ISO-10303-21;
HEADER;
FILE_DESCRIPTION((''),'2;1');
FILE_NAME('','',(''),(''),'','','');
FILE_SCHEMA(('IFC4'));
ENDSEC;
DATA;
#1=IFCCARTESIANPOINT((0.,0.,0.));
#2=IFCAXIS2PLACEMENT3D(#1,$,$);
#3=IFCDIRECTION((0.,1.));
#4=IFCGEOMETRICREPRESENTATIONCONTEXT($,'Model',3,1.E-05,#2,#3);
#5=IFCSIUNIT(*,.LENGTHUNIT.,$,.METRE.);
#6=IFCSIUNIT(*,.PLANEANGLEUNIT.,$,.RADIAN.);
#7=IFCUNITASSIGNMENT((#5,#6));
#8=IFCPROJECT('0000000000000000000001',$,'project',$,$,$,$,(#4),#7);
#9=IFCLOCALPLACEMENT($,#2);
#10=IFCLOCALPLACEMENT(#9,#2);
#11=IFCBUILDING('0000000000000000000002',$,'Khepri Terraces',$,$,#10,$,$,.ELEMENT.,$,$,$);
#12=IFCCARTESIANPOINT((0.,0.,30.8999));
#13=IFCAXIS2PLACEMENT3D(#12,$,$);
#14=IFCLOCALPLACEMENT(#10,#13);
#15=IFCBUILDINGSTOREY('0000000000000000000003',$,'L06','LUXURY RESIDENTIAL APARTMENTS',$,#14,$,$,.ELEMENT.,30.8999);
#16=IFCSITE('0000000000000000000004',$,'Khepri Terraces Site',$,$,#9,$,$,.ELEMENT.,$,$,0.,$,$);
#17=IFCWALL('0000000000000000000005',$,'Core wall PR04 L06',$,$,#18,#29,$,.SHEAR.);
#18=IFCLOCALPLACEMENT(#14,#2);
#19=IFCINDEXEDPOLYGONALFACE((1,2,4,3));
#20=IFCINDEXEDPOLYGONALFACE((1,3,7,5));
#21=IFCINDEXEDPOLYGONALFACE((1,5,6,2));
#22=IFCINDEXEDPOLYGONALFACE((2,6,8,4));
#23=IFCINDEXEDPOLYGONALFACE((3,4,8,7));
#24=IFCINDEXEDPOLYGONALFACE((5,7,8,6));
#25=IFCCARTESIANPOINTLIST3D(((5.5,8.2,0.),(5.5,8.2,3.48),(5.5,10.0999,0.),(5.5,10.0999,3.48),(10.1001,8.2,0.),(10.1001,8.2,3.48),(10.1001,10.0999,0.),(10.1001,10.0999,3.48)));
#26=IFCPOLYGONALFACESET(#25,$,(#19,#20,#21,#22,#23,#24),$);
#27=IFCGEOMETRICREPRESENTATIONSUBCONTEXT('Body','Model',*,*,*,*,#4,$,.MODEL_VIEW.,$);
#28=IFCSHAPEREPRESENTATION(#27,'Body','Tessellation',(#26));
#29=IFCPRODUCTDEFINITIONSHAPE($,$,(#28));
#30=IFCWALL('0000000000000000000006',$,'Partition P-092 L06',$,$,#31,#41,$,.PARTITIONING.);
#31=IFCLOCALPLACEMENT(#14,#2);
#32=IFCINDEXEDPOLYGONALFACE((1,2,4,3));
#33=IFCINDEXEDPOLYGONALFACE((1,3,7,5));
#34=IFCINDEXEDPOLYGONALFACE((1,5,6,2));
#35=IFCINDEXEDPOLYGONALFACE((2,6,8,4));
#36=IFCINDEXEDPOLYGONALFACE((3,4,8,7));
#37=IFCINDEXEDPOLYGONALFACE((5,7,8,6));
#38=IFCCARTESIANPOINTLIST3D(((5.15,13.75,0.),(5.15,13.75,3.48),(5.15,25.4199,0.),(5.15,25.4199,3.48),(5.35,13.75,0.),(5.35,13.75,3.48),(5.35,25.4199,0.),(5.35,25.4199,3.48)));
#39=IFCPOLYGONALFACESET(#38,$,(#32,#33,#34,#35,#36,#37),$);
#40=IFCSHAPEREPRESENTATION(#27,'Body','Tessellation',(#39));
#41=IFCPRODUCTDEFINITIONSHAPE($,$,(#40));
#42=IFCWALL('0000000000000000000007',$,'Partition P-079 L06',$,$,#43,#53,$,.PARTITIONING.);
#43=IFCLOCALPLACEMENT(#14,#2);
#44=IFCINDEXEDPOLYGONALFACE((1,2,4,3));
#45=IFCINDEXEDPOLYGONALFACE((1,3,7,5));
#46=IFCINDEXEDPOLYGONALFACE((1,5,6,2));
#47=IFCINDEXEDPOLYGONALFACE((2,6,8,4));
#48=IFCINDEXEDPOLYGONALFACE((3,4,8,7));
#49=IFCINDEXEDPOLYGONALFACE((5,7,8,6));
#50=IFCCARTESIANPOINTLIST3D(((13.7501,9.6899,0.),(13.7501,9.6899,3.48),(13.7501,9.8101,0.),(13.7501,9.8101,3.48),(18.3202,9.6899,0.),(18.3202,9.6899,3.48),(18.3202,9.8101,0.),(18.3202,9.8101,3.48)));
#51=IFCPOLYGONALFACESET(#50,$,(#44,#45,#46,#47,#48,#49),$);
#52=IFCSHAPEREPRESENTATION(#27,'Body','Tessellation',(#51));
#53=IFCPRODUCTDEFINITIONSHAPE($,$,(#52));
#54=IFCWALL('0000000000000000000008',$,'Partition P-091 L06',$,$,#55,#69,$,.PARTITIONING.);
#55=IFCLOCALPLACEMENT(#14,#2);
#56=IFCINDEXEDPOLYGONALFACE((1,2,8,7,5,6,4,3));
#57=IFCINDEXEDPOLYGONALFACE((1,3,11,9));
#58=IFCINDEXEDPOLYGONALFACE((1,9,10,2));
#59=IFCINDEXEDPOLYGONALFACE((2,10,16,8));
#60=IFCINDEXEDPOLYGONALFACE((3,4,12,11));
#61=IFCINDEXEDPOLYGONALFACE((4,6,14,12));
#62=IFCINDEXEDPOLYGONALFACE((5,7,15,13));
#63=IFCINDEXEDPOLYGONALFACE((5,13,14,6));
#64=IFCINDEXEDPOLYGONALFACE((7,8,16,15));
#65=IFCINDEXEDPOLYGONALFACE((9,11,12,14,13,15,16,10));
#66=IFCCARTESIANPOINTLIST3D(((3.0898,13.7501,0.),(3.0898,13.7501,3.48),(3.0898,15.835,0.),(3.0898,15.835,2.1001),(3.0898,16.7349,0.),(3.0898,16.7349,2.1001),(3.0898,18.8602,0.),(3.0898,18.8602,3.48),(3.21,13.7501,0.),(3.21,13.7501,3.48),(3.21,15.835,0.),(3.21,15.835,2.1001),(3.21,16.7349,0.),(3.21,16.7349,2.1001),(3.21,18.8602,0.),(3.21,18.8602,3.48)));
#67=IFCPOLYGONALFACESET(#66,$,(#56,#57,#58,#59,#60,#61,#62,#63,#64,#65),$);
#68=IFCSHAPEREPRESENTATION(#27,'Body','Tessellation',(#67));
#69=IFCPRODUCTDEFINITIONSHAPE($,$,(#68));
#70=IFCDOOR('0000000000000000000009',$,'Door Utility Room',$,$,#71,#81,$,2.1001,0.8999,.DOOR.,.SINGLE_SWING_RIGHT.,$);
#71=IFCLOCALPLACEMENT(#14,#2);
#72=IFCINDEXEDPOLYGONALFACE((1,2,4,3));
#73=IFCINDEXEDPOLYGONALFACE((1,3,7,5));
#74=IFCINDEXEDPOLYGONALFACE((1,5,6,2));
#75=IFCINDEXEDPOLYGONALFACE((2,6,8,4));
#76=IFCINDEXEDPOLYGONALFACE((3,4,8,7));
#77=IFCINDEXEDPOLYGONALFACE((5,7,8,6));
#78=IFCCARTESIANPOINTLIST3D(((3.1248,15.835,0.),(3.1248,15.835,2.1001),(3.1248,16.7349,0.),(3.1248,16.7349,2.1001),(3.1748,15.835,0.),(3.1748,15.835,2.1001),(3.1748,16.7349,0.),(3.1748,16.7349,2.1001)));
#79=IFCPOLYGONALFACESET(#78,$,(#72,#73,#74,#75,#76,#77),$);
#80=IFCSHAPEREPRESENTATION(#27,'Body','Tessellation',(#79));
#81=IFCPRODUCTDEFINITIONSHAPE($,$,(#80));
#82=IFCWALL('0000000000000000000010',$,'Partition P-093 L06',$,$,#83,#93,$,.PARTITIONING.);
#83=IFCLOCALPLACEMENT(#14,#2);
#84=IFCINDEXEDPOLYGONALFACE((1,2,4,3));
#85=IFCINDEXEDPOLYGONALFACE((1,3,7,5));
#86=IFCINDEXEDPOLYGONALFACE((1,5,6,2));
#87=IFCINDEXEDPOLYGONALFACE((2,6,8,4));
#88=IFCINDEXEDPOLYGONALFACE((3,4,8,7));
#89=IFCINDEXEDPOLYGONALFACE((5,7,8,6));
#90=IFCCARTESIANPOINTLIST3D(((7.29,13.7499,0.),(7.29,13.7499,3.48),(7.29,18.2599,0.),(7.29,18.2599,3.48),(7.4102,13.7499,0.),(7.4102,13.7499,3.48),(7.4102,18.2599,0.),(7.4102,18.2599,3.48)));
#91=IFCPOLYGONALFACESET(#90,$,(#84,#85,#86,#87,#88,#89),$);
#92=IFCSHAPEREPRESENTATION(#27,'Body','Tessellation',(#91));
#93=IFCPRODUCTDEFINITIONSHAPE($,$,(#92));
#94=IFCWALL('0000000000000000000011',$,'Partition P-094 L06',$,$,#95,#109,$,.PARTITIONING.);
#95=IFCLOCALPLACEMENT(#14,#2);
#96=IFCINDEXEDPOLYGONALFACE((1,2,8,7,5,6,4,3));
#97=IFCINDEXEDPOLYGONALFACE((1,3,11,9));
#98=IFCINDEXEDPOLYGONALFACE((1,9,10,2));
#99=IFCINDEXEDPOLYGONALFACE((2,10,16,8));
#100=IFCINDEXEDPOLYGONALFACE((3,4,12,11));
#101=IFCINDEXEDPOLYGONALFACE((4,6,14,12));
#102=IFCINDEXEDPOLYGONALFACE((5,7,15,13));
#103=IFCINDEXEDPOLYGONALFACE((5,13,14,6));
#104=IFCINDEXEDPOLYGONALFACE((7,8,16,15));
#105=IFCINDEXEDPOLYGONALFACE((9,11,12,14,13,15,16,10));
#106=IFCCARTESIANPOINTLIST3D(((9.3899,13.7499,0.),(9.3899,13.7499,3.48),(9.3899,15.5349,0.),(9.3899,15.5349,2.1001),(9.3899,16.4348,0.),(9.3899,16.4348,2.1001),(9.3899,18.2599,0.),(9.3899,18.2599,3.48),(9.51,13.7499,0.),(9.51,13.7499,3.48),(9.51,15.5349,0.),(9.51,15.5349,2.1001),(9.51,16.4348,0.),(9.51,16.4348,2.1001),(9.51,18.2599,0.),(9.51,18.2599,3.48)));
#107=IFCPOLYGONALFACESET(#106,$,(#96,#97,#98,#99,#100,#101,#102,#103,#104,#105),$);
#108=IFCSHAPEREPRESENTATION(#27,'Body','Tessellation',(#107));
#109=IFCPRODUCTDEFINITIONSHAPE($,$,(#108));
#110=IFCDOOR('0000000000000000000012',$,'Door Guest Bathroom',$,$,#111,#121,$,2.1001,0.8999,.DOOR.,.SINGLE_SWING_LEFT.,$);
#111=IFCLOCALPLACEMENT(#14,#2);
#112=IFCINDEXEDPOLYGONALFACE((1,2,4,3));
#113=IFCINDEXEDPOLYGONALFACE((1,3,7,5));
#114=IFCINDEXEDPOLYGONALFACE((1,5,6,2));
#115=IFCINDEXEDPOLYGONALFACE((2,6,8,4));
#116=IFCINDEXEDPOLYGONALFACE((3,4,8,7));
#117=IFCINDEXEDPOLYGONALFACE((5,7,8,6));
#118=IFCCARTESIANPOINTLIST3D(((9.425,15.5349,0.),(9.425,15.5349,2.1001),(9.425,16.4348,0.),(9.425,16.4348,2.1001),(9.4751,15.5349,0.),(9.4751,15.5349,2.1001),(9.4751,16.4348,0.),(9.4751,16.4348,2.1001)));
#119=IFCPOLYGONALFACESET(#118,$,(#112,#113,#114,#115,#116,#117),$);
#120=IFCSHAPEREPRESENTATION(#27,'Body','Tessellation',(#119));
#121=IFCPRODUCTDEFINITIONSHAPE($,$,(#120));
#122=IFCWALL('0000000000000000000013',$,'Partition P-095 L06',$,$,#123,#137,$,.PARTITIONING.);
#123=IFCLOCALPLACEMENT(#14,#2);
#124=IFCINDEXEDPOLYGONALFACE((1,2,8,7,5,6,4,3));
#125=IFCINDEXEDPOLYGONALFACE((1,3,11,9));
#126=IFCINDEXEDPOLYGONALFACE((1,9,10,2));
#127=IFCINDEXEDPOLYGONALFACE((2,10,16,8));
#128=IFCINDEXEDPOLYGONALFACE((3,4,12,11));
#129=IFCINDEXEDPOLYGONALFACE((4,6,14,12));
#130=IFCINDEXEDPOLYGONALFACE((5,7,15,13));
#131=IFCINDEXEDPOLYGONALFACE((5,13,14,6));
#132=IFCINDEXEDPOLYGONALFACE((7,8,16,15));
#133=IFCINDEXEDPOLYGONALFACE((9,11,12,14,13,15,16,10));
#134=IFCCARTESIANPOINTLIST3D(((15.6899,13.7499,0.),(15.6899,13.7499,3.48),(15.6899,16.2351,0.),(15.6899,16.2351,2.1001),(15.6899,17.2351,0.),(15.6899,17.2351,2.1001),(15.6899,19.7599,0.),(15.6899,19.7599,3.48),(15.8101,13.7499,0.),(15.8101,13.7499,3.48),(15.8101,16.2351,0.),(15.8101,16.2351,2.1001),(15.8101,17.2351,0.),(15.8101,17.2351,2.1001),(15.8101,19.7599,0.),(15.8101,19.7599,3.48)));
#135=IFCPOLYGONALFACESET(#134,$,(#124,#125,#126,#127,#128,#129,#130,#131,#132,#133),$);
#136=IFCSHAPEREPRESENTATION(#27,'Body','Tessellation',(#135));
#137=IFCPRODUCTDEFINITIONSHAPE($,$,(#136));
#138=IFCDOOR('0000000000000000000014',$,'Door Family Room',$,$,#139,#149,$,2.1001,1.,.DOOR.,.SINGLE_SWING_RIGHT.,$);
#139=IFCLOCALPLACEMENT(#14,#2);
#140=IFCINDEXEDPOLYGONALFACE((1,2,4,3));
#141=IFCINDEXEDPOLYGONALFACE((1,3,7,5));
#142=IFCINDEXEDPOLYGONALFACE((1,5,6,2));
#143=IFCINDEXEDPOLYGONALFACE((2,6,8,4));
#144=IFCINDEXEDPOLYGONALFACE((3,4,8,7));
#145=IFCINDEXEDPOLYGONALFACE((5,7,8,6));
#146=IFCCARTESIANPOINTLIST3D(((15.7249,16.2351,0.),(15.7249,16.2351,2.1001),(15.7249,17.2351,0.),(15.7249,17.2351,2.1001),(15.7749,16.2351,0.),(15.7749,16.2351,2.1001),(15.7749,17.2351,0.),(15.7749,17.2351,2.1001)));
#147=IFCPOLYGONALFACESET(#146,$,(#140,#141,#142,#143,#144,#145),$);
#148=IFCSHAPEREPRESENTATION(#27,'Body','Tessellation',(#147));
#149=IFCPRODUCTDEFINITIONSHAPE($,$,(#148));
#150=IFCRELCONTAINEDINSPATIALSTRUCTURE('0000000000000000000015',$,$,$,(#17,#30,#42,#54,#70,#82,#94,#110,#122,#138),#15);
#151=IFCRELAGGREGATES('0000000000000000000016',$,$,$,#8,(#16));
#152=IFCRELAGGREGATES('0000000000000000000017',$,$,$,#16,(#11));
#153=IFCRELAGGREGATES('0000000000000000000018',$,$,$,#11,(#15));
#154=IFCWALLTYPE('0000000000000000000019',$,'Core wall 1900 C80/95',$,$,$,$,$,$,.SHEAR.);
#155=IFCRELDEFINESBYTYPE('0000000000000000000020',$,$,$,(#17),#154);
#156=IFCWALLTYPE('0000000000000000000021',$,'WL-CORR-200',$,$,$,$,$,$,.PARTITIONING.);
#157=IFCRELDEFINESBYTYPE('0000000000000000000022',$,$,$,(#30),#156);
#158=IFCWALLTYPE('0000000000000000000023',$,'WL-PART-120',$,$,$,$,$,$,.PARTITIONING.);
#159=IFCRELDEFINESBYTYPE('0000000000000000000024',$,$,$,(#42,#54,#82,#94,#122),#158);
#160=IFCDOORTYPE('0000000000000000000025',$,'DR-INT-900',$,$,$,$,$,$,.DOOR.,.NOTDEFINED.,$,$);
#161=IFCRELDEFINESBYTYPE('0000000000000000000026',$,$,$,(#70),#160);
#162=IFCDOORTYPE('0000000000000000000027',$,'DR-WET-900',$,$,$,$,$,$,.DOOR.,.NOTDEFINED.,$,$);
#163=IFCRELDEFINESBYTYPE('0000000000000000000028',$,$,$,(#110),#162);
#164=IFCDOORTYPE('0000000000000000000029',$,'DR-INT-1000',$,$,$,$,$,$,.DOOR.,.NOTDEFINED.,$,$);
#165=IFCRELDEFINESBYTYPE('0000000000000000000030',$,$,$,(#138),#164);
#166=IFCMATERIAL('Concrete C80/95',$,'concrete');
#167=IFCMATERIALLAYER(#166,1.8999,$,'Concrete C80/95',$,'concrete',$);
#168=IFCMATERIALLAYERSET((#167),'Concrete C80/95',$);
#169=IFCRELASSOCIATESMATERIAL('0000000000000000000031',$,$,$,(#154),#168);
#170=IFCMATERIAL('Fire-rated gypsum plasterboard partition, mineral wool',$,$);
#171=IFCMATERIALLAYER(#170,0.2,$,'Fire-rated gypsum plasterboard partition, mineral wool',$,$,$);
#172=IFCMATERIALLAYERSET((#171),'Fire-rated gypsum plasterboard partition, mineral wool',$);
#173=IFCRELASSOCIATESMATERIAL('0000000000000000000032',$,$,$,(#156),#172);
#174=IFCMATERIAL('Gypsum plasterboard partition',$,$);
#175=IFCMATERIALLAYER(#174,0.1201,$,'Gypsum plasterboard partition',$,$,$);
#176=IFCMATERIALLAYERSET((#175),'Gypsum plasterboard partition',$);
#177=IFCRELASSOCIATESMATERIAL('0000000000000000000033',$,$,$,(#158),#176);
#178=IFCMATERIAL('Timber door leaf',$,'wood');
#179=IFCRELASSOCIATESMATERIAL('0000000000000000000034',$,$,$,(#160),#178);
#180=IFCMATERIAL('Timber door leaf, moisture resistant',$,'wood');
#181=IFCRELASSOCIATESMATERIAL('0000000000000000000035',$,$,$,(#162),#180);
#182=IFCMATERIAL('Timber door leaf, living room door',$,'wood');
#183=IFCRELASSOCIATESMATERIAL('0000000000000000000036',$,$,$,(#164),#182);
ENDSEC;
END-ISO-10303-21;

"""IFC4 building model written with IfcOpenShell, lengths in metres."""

from ifc_helpers import new_model, si_unit, direction, frame, frame_2d, origin, place, context, subcontext, project, spatial, rectangle, extrude, material, layer, layer_set, type_object, element, fill, save


model = new_model("IFC4")

# Units and contexts
model_context = context("Model", 3, precision=1e-05, world=origin(), true_north=direction((0.0, 1.0)))
body_context = subcontext(model_context, "Body", "Model", "MODEL_VIEW")
ifc_project = project(units=[si_unit("LENGTHUNIT", "METRE"), si_unit("PLANEANGLEUNIT", "RADIAN")], contexts=[model_context])

# Site, building, storey
site_placement = place(None, origin())
site = spatial("IfcSite", under=ifc_project, at=site_placement, Name="Khepri Terraces Site", CompositionType="ELEMENT", RefElevation=0.0)
building_placement = place(site_placement, origin())
building = spatial("IfcBuilding", under=site, at=building_placement, Name="Khepri Terraces", CompositionType="ELEMENT")
storey_placement = place(building_placement, frame((0.0, 0.0, 30.8999)))
storey = spatial("IfcBuildingStorey", under=building, at=storey_placement, Name="L06", Description="LUXURY RESIDENTIAL APARTMENTS", CompositionType="ELEMENT", Elevation=30.8999)

# Walls
ifc_material_1 = material(Name="Concrete C80/95", Category="concrete")
ifc_layer_1 = layer(ifc_material_1, 1.8999, Name="Concrete C80/95", Category="concrete")
ifc_layer_set_1 = layer_set([ifc_layer_1], Name="Concrete C80/95")
wall_type_1 = type_object("IfcWallType", Name="Core wall 1900 C80/95", PredefinedType="SHEAR", material=ifc_layer_set_1)
wall_1_placement = place(storey_placement, frame((5.5, 9.1499, 0.0), z_axis=(0.0, 0.0, 1.0), x_axis=(1.0, 0.0, 0.0)))
element("IfcWall", 1, at=wall_1_placement, inside=storey, type_object=wall_type_1, Name="Core wall PR04 L06", PredefinedType="SHEAR", context=body_context, shape_type="SweptSolid", body=[
    extrude(rectangle(XDim=4.6001, YDim=1.8999, at=frame_2d((2.3, 0.0))), origin(), (0.0, 0.0, 1.0), 3.48),
])
ifc_material_2 = material(Name="Fire-rated gypsum plasterboard partition, mineral wool")
ifc_layer_2 = layer(ifc_material_2, 0.2, Name="Fire-rated gypsum plasterboard partition, mineral wool")
ifc_layer_set_2 = layer_set([ifc_layer_2], Name="Fire-rated gypsum plasterboard partition, mineral wool")
wall_type_2 = type_object("IfcWallType", Name="WL-CORR-200", PredefinedType="PARTITIONING", material=ifc_layer_set_2)
wall_2_placement = place(storey_placement, frame((5.25, 13.75, 0.0), z_axis=(0.0, 0.0, 1.0), x_axis=(0.0, 1.0, 0.0)))
element("IfcWall", 2, at=wall_2_placement, inside=storey, type_object=wall_type_2, Name="Partition P-092 L06", PredefinedType="PARTITIONING", context=body_context, shape_type="SweptSolid", body=[
    extrude(rectangle(XDim=11.6699, YDim=0.2, at=frame_2d((5.835, 0.0))), origin(), (0.0, 0.0, 1.0), 3.48),
])
ifc_material_3 = material(Name="Gypsum plasterboard partition")
ifc_layer_3 = layer(ifc_material_3, 0.1201, Name="Gypsum plasterboard partition")
ifc_layer_set_3 = layer_set([ifc_layer_3], Name="Gypsum plasterboard partition")
wall_type_3 = type_object("IfcWallType", Name="WL-PART-120", PredefinedType="PARTITIONING", material=ifc_layer_set_3)
wall_3_placement = place(storey_placement, frame((13.75, 9.75, 0.0), z_axis=(0.0, 0.0, 1.0), x_axis=(1.0, 0.0, 0.0)))
element("IfcWall", 3, at=wall_3_placement, inside=storey, type_object=wall_type_3, Name="Partition P-079 L06", PredefinedType="PARTITIONING", context=body_context, shape_type="SweptSolid", body=[
    extrude(rectangle(XDim=4.5701, YDim=0.1201, at=frame_2d((2.2852, 0.0))), origin(), (0.0, 0.0, 1.0), 3.48),
])

# Wall, opening, door
wall_4_placement = place(storey_placement, frame((3.1499, 13.75, 0.0), z_axis=(0.0, 0.0, 1.0), x_axis=(0.0, 1.0, 0.0)))
wall_4 = element("IfcWall", 4, at=wall_4_placement, inside=storey, type_object=wall_type_3, Name="Partition P-091 L06", PredefinedType="PARTITIONING", context=body_context, shape_type="SweptSolid", body=[
    extrude(rectangle(XDim=5.1101, YDim=0.1201, at=frame_2d((2.5552, 0.0))), origin(), (0.0, 0.0, 1.0), 3.48),
])
opening_1_placement = place(wall_4_placement, frame((2.085, 0.0, 0.0)))
opening_1 = element("IfcOpeningElement", 5, at=opening_1_placement, cuts=wall_4, PredefinedType="OPENING", context=body_context, shape_type="SweptSolid", body=[
    extrude(rectangle(XDim=0.8999, YDim=2.1001, at=frame_2d((0.45, 1.05))), frame((0.0, 0.0701, 0.0), z_axis=(0.0, -1.0, 0.0), x_axis=(1.0, 0.0, 0.0)), (0.0, 0.0, 1.0), 0.1401),
])
ifc_material_4 = material(Name="Timber door leaf", Category="wood")
door_type_1 = type_object("IfcDoorType", Name="DR-INT-900", OperationType="NOTDEFINED", PredefinedType="DOOR", material=ifc_material_4)
door_1_placement = place(opening_1_placement, frame((0.8999, 0.0, 0.0), z_axis=(0.0, 0.0, 1.0), x_axis=(-1.0, 0.0, 0.0)))
door_1 = element("IfcDoor", 6, at=door_1_placement, inside=storey, type_object=door_type_1, Name="Door Utility Room", OperationType="SINGLE_SWING_RIGHT", OverallHeight=2.1001, OverallWidth=0.8999, PredefinedType="DOOR", context=body_context, shape_type="SweptSolid", body=[
    extrude(rectangle(XDim=0.8999, YDim=2.1001, at=frame_2d((0.45, 1.05))), frame((0.0, 0.0249, 0.0), z_axis=(0.0, -1.0, 0.0), x_axis=(1.0, 0.0, 0.0)), (0.0, 0.0, 1.0), 0.05),
])
fill(opening_1, door_1)

# Wall
wall_5_placement = place(storey_placement, frame((7.3501, 13.75, 0.0), z_axis=(0.0, 0.0, 1.0), x_axis=(0.0, 1.0, 0.0)))
element("IfcWall", 7, at=wall_5_placement, inside=storey, type_object=wall_type_3, Name="Partition P-093 L06", PredefinedType="PARTITIONING", context=body_context, shape_type="SweptSolid", body=[
    extrude(rectangle(XDim=4.51, YDim=0.1201, at=frame_2d((2.2549, 0.0))), origin(), (0.0, 0.0, 1.0), 3.48),
])

# Walls, openings, doors
wall_6_placement = place(storey_placement, frame((9.45, 13.75, 0.0), z_axis=(0.0, 0.0, 1.0), x_axis=(0.0, 1.0, 0.0)))
wall_6 = element("IfcWall", 8, at=wall_6_placement, inside=storey, type_object=wall_type_3, Name="Partition P-094 L06", PredefinedType="PARTITIONING", context=body_context, shape_type="SweptSolid", body=[
    extrude(rectangle(XDim=4.51, YDim=0.1201, at=frame_2d((2.2549, 0.0))), origin(), (0.0, 0.0, 1.0), 3.48),
])
opening_2_placement = place(wall_6_placement, frame((1.7849, 0.0, 0.0)))
opening_2 = element("IfcOpeningElement", 9, at=opening_2_placement, cuts=wall_6, PredefinedType="OPENING", context=body_context, shape_type="SweptSolid", body=[
    extrude(rectangle(XDim=0.8999, YDim=2.1001, at=frame_2d((0.45, 1.05))), frame((0.0, 0.0701, 0.0), z_axis=(0.0, -1.0, 0.0), x_axis=(1.0, 0.0, 0.0)), (0.0, 0.0, 1.0), 0.1401),
])
ifc_material_5 = material(Name="Timber door leaf, moisture resistant", Category="wood")
door_type_2 = type_object("IfcDoorType", Name="DR-WET-900", OperationType="NOTDEFINED", PredefinedType="DOOR", material=ifc_material_5)
door_2_placement = place(opening_2_placement, origin())
door_2 = element("IfcDoor", 10, at=door_2_placement, inside=storey, type_object=door_type_2, Name="Door Guest Bathroom", OperationType="SINGLE_SWING_LEFT", OverallHeight=2.1001, OverallWidth=0.8999, PredefinedType="DOOR", context=body_context, shape_type="SweptSolid", body=[
    extrude(rectangle(XDim=0.8999, YDim=2.1001, at=frame_2d((0.45, 1.05))), frame((0.0, 0.0249, 0.0), z_axis=(0.0, -1.0, 0.0), x_axis=(1.0, 0.0, 0.0)), (0.0, 0.0, 1.0), 0.05),
])
fill(opening_2, door_2)
wall_7_placement = place(storey_placement, frame((15.75, 13.75, 0.0), z_axis=(0.0, 0.0, 1.0), x_axis=(0.0, 1.0, 0.0)))
wall_7 = element("IfcWall", 11, at=wall_7_placement, inside=storey, type_object=wall_type_3, Name="Partition P-095 L06", PredefinedType="PARTITIONING", context=body_context, shape_type="SweptSolid", body=[
    extrude(rectangle(XDim=6.01, YDim=0.1201, at=frame_2d((3.0049, 0.0))), origin(), (0.0, 0.0, 1.0), 3.48),
])
opening_3_placement = place(wall_7_placement, frame((2.4851, 0.0, 0.0)))
opening_3 = element("IfcOpeningElement", 12, at=opening_3_placement, cuts=wall_7, PredefinedType="OPENING", context=body_context, shape_type="SweptSolid", body=[
    extrude(rectangle(XDim=1.0, YDim=2.1001, at=frame_2d((0.5, 1.05))), frame((0.0, 0.0701, 0.0), z_axis=(0.0, -1.0, 0.0), x_axis=(1.0, 0.0, 0.0)), (0.0, 0.0, 1.0), 0.1401),
])
ifc_material_6 = material(Name="Timber door leaf, living room door", Category="wood")
door_type_3 = type_object("IfcDoorType", Name="DR-INT-1000", OperationType="NOTDEFINED", PredefinedType="DOOR", material=ifc_material_6)
door_3_placement = place(opening_3_placement, frame((1.0, 0.0, 0.0), z_axis=(0.0, 0.0, 1.0), x_axis=(-1.0, 0.0, 0.0)))
door_3 = element("IfcDoor", 13, at=door_3_placement, inside=storey, type_object=door_type_3, Name="Door Family Room", OperationType="SINGLE_SWING_RIGHT", OverallHeight=2.1001, OverallWidth=1.0, PredefinedType="DOOR", context=body_context, shape_type="SweptSolid", body=[
    extrude(rectangle(XDim=1.0, YDim=2.1001, at=frame_2d((0.5, 1.05))), frame((0.0, 0.0249, 0.0), z_axis=(0.0, -1.0, 0.0), x_axis=(1.0, 0.0, 0.0)), (0.0, 0.0, 1.0), 0.05),
])
fill(opening_3, door_3)

save(model, "model.ifc")
